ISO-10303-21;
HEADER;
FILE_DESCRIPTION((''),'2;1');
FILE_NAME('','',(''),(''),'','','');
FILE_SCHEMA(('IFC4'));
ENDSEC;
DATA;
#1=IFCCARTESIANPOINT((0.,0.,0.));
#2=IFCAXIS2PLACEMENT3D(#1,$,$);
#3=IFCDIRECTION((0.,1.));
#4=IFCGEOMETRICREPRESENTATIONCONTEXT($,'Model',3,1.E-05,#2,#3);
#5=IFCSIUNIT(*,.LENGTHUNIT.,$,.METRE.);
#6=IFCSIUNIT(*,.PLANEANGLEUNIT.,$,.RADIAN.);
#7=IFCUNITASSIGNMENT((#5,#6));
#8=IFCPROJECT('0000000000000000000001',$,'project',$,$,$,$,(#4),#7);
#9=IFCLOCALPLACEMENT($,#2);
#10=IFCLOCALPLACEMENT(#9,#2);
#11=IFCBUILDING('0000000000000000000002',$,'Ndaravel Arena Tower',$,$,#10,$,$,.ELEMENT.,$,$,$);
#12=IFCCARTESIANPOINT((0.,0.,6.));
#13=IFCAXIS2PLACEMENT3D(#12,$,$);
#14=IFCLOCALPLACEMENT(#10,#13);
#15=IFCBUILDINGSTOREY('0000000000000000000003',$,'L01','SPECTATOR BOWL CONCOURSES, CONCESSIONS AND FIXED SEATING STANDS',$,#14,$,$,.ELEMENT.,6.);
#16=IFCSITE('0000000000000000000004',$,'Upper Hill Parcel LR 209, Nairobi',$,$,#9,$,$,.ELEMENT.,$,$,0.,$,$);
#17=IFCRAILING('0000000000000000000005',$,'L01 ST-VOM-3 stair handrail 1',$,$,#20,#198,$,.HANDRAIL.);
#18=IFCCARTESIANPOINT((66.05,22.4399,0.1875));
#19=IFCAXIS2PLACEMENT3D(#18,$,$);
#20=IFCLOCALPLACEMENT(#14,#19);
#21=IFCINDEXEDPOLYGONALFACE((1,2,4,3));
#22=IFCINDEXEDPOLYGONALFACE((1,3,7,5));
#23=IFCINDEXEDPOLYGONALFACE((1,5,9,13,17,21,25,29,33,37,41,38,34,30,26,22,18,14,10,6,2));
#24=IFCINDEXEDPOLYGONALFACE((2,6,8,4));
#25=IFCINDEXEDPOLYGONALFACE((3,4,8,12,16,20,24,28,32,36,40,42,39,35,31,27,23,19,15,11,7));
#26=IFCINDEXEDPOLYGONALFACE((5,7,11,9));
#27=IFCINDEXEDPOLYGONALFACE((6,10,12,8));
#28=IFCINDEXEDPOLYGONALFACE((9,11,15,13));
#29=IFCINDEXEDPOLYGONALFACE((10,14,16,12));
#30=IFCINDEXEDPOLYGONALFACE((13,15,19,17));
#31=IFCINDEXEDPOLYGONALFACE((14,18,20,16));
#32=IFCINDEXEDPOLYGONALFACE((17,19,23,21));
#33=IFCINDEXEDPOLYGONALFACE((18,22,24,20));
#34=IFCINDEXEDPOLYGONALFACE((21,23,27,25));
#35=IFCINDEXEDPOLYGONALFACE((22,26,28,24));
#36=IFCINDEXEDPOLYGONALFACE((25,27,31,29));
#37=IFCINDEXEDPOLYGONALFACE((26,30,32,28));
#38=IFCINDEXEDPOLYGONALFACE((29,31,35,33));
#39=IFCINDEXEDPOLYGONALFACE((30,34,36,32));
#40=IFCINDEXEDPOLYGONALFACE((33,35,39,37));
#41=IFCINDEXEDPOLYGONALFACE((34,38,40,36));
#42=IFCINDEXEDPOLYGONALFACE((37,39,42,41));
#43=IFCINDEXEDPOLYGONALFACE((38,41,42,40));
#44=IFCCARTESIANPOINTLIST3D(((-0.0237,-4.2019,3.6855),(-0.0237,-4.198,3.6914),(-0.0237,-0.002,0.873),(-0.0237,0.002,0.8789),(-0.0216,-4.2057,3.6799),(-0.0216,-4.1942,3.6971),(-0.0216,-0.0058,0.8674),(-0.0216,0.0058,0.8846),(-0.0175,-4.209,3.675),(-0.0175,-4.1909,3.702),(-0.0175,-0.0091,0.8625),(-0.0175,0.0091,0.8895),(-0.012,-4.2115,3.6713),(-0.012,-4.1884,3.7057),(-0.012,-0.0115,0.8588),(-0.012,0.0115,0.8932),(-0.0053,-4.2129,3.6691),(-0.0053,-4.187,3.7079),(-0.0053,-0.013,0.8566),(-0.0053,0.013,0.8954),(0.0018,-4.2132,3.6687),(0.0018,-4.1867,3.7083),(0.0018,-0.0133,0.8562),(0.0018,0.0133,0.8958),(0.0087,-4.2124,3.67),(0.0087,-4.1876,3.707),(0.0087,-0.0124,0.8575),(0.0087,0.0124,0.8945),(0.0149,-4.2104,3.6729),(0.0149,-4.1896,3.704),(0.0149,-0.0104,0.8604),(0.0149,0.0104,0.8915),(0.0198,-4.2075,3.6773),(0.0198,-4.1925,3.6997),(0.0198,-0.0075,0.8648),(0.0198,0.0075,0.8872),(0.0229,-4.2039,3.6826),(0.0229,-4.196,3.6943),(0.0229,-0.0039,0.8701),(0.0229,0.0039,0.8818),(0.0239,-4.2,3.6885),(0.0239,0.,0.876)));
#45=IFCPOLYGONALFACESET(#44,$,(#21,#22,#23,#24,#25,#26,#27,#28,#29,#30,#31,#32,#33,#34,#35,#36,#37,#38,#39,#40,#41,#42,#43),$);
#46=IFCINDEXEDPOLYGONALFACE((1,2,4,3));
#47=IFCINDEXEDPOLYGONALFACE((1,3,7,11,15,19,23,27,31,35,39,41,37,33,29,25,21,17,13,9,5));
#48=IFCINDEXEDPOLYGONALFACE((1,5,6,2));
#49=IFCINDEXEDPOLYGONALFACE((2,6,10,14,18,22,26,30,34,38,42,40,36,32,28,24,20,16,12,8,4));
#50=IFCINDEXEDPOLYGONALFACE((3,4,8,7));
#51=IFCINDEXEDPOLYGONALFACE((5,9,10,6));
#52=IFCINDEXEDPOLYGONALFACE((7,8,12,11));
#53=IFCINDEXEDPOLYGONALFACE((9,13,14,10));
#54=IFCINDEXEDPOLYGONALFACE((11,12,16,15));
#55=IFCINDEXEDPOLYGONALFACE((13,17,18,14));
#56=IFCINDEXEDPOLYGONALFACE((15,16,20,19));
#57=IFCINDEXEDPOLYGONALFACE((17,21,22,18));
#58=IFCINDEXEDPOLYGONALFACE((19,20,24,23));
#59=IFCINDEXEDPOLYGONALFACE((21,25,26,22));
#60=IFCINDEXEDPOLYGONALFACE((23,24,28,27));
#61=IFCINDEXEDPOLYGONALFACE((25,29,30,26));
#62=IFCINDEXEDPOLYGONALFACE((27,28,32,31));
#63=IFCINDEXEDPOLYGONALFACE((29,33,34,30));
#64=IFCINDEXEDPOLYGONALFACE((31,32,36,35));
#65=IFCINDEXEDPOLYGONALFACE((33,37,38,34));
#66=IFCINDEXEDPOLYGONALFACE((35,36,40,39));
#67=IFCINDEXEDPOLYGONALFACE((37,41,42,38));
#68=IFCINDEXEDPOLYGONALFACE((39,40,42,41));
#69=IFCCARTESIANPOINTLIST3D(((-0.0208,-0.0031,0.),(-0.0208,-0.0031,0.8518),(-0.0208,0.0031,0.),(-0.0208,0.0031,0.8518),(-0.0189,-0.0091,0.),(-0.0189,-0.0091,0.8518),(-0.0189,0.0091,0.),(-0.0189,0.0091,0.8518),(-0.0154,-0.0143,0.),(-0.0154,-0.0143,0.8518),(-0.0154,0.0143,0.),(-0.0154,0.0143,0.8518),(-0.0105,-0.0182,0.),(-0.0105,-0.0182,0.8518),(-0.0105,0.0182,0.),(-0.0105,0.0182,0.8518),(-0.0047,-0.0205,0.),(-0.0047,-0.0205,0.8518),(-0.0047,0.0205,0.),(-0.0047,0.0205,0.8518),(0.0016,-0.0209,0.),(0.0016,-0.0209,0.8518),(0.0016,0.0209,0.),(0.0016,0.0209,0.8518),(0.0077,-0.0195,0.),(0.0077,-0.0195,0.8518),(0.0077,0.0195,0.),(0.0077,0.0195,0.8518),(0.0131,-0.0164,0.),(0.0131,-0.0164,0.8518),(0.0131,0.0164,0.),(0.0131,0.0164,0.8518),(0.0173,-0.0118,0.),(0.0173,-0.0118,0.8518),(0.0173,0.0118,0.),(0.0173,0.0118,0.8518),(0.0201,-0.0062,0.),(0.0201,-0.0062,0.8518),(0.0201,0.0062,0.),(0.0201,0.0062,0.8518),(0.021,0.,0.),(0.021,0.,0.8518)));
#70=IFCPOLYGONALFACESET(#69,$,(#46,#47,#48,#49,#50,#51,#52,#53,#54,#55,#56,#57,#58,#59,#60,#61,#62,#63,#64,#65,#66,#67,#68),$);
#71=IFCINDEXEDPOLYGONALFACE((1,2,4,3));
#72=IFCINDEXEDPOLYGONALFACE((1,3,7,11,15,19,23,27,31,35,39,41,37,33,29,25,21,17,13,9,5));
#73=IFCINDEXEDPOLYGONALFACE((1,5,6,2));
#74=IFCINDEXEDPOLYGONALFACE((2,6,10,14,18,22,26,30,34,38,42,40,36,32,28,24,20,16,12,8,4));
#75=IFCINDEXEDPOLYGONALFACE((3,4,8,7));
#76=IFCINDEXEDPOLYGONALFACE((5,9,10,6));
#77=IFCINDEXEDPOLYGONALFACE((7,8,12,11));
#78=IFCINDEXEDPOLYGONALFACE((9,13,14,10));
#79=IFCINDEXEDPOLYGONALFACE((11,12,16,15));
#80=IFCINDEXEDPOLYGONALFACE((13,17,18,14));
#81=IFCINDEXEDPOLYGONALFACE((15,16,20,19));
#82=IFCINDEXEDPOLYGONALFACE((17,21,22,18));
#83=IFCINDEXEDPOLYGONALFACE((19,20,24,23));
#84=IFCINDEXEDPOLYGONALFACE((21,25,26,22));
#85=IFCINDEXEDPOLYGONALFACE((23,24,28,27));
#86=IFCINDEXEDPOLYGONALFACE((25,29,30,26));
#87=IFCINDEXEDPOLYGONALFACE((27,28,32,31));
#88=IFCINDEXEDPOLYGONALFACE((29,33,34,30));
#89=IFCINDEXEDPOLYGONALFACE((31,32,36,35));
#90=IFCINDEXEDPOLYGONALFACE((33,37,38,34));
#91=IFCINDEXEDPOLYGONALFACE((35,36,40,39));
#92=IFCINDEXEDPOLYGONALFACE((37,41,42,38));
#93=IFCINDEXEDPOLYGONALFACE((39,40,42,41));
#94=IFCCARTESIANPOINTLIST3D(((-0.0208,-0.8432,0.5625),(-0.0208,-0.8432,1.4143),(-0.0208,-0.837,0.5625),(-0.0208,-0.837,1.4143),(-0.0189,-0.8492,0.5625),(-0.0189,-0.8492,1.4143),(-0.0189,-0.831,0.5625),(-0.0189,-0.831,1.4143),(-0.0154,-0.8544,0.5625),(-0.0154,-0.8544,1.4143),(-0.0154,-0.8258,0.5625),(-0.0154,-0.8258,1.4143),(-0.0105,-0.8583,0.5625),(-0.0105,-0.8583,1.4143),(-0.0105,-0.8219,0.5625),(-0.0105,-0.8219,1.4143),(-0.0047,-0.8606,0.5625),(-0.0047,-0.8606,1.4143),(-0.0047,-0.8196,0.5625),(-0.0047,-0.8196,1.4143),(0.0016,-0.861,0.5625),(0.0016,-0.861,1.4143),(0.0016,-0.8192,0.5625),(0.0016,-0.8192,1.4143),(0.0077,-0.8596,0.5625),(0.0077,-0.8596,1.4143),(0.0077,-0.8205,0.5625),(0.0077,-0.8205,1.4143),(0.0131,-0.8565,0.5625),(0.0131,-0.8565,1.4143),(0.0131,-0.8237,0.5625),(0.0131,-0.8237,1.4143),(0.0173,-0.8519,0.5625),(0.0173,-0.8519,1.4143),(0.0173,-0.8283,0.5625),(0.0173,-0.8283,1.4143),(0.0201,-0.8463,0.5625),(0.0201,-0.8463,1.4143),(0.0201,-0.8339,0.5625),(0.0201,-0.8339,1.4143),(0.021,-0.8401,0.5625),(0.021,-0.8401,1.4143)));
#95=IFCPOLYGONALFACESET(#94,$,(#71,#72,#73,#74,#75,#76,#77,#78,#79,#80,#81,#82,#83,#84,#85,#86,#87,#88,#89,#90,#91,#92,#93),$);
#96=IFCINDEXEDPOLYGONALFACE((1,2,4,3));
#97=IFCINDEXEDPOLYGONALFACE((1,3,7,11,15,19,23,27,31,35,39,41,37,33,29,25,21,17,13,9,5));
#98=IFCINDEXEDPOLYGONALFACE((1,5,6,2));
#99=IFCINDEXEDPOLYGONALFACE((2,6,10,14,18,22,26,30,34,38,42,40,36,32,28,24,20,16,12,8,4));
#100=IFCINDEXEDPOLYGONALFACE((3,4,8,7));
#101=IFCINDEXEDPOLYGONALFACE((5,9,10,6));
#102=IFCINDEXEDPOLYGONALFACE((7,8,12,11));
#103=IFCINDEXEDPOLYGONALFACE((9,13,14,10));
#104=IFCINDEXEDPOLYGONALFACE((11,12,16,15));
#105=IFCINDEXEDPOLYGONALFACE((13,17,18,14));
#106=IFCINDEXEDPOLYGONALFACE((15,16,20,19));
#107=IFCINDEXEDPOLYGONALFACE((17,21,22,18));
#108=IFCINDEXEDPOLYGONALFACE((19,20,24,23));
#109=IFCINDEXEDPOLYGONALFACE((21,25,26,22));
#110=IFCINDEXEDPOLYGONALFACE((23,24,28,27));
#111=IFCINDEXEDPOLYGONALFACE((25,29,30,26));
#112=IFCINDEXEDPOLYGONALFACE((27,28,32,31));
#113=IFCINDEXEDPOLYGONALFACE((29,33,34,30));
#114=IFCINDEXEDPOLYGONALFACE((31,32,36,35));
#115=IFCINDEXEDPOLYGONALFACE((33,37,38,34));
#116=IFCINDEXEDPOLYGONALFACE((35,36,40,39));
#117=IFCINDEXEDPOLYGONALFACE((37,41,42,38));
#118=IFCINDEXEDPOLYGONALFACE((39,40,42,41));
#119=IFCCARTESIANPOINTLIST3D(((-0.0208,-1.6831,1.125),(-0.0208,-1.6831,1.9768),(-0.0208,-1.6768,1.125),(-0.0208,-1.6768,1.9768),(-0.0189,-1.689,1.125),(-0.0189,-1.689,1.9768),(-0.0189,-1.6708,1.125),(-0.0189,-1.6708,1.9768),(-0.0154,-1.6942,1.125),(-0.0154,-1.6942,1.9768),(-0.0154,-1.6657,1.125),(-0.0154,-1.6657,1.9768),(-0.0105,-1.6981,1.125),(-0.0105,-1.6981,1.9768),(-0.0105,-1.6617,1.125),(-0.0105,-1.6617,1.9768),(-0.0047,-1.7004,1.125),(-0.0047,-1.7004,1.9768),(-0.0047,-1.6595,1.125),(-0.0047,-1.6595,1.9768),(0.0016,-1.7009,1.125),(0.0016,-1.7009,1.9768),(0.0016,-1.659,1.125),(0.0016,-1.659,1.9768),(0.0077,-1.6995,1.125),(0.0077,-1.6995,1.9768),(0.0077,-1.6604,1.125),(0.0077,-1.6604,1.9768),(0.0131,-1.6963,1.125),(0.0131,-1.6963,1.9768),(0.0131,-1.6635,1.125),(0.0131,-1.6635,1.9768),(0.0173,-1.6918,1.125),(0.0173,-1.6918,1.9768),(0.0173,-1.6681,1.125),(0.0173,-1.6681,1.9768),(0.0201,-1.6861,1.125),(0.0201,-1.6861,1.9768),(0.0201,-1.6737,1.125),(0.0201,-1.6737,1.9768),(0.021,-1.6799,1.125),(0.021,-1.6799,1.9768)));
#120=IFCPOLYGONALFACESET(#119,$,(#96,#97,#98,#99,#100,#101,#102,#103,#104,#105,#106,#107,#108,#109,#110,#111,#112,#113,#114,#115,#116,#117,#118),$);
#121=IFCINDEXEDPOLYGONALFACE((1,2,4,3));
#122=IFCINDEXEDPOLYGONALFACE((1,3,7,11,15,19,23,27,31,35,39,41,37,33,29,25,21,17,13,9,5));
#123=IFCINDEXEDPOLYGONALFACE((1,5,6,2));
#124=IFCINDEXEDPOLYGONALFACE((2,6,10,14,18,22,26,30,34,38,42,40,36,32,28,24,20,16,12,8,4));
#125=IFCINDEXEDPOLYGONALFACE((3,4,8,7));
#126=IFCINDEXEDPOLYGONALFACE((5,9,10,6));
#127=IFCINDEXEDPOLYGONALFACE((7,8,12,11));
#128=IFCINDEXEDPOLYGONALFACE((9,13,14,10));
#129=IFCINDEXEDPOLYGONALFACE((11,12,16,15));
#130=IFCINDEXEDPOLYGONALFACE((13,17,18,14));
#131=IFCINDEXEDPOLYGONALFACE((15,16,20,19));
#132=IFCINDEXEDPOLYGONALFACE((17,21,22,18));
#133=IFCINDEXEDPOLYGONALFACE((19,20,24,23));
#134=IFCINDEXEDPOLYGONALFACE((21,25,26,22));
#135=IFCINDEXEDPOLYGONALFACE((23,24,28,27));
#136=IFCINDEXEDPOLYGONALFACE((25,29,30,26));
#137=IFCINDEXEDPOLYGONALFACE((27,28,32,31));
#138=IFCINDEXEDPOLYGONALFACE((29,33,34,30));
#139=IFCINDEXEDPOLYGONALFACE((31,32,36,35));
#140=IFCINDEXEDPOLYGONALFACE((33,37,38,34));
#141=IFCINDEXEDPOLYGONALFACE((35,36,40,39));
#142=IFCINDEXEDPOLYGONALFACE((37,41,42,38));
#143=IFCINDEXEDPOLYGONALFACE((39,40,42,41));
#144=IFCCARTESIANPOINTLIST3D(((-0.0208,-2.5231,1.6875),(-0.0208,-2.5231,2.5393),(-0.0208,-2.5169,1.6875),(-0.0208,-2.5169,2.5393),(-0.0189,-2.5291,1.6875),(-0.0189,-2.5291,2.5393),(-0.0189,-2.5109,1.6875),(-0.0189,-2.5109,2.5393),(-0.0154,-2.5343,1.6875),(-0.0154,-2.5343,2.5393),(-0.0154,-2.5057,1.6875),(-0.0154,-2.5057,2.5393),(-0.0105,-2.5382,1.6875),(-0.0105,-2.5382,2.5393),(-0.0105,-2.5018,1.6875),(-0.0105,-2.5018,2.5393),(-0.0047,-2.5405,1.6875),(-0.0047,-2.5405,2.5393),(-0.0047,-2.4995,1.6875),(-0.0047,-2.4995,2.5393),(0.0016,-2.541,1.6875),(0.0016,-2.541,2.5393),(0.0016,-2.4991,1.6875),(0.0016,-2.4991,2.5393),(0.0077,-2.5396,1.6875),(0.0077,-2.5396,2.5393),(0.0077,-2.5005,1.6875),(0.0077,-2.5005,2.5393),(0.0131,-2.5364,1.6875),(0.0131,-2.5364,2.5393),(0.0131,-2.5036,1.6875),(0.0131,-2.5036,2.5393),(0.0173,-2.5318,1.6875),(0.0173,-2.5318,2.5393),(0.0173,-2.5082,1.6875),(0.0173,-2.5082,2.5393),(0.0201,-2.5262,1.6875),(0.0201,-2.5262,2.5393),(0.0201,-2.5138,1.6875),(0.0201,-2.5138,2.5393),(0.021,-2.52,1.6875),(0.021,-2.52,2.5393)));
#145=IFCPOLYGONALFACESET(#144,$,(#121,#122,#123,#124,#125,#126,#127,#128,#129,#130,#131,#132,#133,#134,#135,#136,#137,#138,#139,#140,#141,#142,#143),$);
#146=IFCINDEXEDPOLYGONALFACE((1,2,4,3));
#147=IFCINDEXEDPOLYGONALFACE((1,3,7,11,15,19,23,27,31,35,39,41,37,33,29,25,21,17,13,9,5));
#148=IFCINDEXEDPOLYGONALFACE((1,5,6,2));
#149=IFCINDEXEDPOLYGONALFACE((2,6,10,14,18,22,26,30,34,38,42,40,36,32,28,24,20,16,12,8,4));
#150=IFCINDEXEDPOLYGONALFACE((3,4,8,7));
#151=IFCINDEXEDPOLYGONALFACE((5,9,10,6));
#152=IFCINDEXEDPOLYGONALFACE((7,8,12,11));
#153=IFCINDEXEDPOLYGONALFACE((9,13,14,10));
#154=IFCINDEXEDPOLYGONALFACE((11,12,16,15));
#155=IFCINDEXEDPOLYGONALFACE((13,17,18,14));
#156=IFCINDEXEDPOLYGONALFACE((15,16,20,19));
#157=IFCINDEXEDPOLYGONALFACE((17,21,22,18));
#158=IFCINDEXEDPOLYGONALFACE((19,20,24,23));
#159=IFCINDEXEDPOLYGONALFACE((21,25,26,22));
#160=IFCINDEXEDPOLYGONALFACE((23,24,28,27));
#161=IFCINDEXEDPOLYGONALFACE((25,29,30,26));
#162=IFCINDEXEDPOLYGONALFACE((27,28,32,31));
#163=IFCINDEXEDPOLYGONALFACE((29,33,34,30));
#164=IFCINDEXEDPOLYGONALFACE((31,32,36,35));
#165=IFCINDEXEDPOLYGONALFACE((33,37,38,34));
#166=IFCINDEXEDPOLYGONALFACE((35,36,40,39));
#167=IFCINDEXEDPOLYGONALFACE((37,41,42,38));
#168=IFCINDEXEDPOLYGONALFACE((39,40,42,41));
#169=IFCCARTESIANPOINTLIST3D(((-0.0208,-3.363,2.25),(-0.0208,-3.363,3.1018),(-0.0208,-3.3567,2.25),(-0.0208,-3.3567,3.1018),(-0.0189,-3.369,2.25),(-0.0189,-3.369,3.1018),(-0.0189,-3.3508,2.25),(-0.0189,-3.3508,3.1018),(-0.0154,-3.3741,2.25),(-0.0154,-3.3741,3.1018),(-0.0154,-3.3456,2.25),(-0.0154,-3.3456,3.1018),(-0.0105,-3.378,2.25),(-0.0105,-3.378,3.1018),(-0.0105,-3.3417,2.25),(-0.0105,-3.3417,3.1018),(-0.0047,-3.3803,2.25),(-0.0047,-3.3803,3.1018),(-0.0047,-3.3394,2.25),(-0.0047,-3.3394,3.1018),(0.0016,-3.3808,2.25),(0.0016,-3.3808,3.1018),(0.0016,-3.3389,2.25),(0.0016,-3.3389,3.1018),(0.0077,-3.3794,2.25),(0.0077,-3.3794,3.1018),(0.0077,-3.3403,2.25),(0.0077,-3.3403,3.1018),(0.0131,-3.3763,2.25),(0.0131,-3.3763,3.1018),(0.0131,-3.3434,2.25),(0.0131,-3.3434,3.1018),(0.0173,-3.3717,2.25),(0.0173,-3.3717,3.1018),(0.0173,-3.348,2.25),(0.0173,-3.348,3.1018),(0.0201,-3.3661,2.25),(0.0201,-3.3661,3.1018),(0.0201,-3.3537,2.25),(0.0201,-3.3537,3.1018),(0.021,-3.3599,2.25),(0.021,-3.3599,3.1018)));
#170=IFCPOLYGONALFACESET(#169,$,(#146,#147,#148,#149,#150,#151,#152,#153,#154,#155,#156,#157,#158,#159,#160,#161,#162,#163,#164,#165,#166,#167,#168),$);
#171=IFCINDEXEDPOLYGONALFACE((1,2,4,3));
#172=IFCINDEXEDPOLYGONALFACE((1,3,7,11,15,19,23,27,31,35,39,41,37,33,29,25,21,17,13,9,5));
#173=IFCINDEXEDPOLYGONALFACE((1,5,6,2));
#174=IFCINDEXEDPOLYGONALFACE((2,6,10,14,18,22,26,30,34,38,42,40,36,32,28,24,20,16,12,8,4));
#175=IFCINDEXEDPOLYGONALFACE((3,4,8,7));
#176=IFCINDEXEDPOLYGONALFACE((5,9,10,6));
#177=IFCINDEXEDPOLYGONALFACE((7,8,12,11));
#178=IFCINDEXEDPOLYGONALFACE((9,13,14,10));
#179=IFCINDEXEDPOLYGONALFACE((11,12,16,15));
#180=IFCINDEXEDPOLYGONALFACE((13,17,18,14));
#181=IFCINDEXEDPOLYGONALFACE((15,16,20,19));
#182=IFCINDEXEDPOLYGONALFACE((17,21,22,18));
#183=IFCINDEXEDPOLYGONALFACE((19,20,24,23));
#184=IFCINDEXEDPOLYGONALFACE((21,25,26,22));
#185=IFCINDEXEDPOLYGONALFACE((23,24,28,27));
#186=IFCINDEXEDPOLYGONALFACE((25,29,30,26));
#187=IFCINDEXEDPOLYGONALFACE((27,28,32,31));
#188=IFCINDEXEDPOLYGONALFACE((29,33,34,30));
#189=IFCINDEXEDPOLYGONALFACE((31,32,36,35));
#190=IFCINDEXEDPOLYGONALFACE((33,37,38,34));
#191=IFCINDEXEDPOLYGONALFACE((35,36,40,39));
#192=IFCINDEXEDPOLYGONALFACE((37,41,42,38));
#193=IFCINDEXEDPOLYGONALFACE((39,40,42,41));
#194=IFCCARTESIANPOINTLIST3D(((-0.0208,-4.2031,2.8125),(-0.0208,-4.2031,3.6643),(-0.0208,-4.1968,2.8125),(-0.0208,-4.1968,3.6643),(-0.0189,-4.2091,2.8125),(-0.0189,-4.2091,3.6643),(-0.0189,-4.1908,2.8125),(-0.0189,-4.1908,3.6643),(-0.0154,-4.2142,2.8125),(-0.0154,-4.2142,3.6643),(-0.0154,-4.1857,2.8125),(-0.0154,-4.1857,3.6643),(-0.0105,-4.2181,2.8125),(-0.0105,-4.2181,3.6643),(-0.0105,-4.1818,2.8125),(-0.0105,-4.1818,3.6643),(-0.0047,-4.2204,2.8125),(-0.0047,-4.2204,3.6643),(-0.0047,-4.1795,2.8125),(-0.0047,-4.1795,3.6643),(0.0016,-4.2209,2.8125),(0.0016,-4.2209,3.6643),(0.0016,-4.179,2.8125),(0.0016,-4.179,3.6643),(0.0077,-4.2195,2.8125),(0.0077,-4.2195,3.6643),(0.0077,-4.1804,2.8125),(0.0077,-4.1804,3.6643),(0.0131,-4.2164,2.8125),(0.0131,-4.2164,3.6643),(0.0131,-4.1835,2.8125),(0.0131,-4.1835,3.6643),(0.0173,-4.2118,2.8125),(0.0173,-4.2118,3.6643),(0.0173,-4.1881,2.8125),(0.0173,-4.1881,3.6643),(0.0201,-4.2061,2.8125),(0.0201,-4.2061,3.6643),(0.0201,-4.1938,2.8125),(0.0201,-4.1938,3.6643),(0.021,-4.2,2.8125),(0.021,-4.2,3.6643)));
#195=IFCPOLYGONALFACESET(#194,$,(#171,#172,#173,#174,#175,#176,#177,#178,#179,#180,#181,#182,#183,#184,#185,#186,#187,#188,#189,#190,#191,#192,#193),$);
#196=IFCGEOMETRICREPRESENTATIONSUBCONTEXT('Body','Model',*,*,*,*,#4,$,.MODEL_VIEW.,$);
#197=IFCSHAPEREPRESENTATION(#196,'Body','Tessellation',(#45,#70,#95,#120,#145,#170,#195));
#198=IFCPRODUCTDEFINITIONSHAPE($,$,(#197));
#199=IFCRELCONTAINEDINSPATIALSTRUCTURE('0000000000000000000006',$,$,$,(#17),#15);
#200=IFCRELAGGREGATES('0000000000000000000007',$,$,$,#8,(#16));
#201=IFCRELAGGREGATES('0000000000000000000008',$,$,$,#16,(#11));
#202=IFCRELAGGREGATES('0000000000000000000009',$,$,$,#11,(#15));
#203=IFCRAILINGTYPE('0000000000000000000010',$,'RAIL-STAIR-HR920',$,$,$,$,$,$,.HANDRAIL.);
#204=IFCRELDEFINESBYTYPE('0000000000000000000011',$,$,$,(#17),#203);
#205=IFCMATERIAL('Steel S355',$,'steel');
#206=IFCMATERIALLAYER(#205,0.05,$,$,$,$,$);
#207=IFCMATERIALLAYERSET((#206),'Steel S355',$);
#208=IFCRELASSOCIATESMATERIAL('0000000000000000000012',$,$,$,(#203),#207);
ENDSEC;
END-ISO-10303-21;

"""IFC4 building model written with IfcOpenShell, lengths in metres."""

from ifc_helpers import new_model, si_unit, direction, frame, origin, origin_2d, place, context, subcontext, project, spatial, circle, extrude, material, layer, layer_set, type_object, element, save


model = new_model("IFC4")

# Units and contexts
model_context = context("Model", 3, precision=1e-05, world=origin(), true_north=direction((0.0, 1.0)))
body_context = subcontext(model_context, "Body", "Model", "MODEL_VIEW")
ifc_project = project(units=[si_unit("LENGTHUNIT", "METRE"), si_unit("PLANEANGLEUNIT", "RADIAN")], contexts=[model_context])

# Site, building, storey
site_placement = place(None, origin())
site = spatial("IfcSite", under=ifc_project, at=site_placement, Name="Upper Hill Parcel LR 209, Nairobi", CompositionType="ELEMENT", RefElevation=0.0)
building_placement = place(site_placement, origin())
building = spatial("IfcBuilding", under=site, at=building_placement, Name="Ndaravel Arena Tower", CompositionType="ELEMENT")
storey_placement = place(building_placement, frame((0.0, 0.0, 6.0)))
storey = spatial("IfcBuildingStorey", under=building, at=storey_placement, Name="L01", Description="SPECTATOR BOWL CONCOURSES, CONCESSIONS AND FIXED SEATING STANDS", CompositionType="ELEMENT", Elevation=6.0)

# Railing
ifc_material_1 = material(Name="Steel S355", Category="steel")
ifc_layer_1 = layer(ifc_material_1, 0.05)
ifc_layer_set_1 = layer_set([ifc_layer_1], Name="Steel S355")
railing_type_1 = type_object("IfcRailingType", Name="RAIL-STAIR-HR920", PredefinedType="HANDRAIL", material=ifc_layer_set_1)
for number, where, name in (
    (1, (66.05, 22.4399, 0.1875), "L01 ST-VOM-3 stair handrail 1"),
):
    element("IfcRailing", number, at=place(storey_placement, frame(where)), inside=storey, type_object=railing_type_1, Name=name, PredefinedType="HANDRAIL", context=body_context, shape_type="SweptSolid", body=[
        extrude(circle(Radius=0.0239, at=origin_2d()), frame((0.0, 0.0, 0.876), z_axis=(0.0, -0.830904, 0.556416), x_axis=(1.0, 0.0, 0.0)), (0.0, 0.0, 1.0), 5.0547),
        extrude(circle(Radius=0.021, at=origin_2d()), origin(), (0.0, 0.0, 1.0), 0.8518),
        extrude(circle(Radius=0.021, at=origin_2d()), frame((0.0, -0.8401, 0.5625)), (0.0, 0.0, 1.0), 0.8518),
        extrude(circle(Radius=0.021, at=origin_2d()), frame((0.0, -1.6799, 1.125)), (0.0, 0.0, 1.0), 0.8518),
        extrude(circle(Radius=0.021, at=origin_2d()), frame((0.0, -2.52, 1.6875)), (0.0, 0.0, 1.0), 0.8518),
        extrude(circle(Radius=0.021, at=origin_2d()), frame((0.0, -3.3599, 2.25)), (0.0, 0.0, 1.0), 0.8518),
        extrude(circle(Radius=0.021, at=origin_2d()), frame((0.0, -4.2, 2.8125)), (0.0, 0.0, 1.0), 0.8518),
    ])

save(model, "model.ifc")
